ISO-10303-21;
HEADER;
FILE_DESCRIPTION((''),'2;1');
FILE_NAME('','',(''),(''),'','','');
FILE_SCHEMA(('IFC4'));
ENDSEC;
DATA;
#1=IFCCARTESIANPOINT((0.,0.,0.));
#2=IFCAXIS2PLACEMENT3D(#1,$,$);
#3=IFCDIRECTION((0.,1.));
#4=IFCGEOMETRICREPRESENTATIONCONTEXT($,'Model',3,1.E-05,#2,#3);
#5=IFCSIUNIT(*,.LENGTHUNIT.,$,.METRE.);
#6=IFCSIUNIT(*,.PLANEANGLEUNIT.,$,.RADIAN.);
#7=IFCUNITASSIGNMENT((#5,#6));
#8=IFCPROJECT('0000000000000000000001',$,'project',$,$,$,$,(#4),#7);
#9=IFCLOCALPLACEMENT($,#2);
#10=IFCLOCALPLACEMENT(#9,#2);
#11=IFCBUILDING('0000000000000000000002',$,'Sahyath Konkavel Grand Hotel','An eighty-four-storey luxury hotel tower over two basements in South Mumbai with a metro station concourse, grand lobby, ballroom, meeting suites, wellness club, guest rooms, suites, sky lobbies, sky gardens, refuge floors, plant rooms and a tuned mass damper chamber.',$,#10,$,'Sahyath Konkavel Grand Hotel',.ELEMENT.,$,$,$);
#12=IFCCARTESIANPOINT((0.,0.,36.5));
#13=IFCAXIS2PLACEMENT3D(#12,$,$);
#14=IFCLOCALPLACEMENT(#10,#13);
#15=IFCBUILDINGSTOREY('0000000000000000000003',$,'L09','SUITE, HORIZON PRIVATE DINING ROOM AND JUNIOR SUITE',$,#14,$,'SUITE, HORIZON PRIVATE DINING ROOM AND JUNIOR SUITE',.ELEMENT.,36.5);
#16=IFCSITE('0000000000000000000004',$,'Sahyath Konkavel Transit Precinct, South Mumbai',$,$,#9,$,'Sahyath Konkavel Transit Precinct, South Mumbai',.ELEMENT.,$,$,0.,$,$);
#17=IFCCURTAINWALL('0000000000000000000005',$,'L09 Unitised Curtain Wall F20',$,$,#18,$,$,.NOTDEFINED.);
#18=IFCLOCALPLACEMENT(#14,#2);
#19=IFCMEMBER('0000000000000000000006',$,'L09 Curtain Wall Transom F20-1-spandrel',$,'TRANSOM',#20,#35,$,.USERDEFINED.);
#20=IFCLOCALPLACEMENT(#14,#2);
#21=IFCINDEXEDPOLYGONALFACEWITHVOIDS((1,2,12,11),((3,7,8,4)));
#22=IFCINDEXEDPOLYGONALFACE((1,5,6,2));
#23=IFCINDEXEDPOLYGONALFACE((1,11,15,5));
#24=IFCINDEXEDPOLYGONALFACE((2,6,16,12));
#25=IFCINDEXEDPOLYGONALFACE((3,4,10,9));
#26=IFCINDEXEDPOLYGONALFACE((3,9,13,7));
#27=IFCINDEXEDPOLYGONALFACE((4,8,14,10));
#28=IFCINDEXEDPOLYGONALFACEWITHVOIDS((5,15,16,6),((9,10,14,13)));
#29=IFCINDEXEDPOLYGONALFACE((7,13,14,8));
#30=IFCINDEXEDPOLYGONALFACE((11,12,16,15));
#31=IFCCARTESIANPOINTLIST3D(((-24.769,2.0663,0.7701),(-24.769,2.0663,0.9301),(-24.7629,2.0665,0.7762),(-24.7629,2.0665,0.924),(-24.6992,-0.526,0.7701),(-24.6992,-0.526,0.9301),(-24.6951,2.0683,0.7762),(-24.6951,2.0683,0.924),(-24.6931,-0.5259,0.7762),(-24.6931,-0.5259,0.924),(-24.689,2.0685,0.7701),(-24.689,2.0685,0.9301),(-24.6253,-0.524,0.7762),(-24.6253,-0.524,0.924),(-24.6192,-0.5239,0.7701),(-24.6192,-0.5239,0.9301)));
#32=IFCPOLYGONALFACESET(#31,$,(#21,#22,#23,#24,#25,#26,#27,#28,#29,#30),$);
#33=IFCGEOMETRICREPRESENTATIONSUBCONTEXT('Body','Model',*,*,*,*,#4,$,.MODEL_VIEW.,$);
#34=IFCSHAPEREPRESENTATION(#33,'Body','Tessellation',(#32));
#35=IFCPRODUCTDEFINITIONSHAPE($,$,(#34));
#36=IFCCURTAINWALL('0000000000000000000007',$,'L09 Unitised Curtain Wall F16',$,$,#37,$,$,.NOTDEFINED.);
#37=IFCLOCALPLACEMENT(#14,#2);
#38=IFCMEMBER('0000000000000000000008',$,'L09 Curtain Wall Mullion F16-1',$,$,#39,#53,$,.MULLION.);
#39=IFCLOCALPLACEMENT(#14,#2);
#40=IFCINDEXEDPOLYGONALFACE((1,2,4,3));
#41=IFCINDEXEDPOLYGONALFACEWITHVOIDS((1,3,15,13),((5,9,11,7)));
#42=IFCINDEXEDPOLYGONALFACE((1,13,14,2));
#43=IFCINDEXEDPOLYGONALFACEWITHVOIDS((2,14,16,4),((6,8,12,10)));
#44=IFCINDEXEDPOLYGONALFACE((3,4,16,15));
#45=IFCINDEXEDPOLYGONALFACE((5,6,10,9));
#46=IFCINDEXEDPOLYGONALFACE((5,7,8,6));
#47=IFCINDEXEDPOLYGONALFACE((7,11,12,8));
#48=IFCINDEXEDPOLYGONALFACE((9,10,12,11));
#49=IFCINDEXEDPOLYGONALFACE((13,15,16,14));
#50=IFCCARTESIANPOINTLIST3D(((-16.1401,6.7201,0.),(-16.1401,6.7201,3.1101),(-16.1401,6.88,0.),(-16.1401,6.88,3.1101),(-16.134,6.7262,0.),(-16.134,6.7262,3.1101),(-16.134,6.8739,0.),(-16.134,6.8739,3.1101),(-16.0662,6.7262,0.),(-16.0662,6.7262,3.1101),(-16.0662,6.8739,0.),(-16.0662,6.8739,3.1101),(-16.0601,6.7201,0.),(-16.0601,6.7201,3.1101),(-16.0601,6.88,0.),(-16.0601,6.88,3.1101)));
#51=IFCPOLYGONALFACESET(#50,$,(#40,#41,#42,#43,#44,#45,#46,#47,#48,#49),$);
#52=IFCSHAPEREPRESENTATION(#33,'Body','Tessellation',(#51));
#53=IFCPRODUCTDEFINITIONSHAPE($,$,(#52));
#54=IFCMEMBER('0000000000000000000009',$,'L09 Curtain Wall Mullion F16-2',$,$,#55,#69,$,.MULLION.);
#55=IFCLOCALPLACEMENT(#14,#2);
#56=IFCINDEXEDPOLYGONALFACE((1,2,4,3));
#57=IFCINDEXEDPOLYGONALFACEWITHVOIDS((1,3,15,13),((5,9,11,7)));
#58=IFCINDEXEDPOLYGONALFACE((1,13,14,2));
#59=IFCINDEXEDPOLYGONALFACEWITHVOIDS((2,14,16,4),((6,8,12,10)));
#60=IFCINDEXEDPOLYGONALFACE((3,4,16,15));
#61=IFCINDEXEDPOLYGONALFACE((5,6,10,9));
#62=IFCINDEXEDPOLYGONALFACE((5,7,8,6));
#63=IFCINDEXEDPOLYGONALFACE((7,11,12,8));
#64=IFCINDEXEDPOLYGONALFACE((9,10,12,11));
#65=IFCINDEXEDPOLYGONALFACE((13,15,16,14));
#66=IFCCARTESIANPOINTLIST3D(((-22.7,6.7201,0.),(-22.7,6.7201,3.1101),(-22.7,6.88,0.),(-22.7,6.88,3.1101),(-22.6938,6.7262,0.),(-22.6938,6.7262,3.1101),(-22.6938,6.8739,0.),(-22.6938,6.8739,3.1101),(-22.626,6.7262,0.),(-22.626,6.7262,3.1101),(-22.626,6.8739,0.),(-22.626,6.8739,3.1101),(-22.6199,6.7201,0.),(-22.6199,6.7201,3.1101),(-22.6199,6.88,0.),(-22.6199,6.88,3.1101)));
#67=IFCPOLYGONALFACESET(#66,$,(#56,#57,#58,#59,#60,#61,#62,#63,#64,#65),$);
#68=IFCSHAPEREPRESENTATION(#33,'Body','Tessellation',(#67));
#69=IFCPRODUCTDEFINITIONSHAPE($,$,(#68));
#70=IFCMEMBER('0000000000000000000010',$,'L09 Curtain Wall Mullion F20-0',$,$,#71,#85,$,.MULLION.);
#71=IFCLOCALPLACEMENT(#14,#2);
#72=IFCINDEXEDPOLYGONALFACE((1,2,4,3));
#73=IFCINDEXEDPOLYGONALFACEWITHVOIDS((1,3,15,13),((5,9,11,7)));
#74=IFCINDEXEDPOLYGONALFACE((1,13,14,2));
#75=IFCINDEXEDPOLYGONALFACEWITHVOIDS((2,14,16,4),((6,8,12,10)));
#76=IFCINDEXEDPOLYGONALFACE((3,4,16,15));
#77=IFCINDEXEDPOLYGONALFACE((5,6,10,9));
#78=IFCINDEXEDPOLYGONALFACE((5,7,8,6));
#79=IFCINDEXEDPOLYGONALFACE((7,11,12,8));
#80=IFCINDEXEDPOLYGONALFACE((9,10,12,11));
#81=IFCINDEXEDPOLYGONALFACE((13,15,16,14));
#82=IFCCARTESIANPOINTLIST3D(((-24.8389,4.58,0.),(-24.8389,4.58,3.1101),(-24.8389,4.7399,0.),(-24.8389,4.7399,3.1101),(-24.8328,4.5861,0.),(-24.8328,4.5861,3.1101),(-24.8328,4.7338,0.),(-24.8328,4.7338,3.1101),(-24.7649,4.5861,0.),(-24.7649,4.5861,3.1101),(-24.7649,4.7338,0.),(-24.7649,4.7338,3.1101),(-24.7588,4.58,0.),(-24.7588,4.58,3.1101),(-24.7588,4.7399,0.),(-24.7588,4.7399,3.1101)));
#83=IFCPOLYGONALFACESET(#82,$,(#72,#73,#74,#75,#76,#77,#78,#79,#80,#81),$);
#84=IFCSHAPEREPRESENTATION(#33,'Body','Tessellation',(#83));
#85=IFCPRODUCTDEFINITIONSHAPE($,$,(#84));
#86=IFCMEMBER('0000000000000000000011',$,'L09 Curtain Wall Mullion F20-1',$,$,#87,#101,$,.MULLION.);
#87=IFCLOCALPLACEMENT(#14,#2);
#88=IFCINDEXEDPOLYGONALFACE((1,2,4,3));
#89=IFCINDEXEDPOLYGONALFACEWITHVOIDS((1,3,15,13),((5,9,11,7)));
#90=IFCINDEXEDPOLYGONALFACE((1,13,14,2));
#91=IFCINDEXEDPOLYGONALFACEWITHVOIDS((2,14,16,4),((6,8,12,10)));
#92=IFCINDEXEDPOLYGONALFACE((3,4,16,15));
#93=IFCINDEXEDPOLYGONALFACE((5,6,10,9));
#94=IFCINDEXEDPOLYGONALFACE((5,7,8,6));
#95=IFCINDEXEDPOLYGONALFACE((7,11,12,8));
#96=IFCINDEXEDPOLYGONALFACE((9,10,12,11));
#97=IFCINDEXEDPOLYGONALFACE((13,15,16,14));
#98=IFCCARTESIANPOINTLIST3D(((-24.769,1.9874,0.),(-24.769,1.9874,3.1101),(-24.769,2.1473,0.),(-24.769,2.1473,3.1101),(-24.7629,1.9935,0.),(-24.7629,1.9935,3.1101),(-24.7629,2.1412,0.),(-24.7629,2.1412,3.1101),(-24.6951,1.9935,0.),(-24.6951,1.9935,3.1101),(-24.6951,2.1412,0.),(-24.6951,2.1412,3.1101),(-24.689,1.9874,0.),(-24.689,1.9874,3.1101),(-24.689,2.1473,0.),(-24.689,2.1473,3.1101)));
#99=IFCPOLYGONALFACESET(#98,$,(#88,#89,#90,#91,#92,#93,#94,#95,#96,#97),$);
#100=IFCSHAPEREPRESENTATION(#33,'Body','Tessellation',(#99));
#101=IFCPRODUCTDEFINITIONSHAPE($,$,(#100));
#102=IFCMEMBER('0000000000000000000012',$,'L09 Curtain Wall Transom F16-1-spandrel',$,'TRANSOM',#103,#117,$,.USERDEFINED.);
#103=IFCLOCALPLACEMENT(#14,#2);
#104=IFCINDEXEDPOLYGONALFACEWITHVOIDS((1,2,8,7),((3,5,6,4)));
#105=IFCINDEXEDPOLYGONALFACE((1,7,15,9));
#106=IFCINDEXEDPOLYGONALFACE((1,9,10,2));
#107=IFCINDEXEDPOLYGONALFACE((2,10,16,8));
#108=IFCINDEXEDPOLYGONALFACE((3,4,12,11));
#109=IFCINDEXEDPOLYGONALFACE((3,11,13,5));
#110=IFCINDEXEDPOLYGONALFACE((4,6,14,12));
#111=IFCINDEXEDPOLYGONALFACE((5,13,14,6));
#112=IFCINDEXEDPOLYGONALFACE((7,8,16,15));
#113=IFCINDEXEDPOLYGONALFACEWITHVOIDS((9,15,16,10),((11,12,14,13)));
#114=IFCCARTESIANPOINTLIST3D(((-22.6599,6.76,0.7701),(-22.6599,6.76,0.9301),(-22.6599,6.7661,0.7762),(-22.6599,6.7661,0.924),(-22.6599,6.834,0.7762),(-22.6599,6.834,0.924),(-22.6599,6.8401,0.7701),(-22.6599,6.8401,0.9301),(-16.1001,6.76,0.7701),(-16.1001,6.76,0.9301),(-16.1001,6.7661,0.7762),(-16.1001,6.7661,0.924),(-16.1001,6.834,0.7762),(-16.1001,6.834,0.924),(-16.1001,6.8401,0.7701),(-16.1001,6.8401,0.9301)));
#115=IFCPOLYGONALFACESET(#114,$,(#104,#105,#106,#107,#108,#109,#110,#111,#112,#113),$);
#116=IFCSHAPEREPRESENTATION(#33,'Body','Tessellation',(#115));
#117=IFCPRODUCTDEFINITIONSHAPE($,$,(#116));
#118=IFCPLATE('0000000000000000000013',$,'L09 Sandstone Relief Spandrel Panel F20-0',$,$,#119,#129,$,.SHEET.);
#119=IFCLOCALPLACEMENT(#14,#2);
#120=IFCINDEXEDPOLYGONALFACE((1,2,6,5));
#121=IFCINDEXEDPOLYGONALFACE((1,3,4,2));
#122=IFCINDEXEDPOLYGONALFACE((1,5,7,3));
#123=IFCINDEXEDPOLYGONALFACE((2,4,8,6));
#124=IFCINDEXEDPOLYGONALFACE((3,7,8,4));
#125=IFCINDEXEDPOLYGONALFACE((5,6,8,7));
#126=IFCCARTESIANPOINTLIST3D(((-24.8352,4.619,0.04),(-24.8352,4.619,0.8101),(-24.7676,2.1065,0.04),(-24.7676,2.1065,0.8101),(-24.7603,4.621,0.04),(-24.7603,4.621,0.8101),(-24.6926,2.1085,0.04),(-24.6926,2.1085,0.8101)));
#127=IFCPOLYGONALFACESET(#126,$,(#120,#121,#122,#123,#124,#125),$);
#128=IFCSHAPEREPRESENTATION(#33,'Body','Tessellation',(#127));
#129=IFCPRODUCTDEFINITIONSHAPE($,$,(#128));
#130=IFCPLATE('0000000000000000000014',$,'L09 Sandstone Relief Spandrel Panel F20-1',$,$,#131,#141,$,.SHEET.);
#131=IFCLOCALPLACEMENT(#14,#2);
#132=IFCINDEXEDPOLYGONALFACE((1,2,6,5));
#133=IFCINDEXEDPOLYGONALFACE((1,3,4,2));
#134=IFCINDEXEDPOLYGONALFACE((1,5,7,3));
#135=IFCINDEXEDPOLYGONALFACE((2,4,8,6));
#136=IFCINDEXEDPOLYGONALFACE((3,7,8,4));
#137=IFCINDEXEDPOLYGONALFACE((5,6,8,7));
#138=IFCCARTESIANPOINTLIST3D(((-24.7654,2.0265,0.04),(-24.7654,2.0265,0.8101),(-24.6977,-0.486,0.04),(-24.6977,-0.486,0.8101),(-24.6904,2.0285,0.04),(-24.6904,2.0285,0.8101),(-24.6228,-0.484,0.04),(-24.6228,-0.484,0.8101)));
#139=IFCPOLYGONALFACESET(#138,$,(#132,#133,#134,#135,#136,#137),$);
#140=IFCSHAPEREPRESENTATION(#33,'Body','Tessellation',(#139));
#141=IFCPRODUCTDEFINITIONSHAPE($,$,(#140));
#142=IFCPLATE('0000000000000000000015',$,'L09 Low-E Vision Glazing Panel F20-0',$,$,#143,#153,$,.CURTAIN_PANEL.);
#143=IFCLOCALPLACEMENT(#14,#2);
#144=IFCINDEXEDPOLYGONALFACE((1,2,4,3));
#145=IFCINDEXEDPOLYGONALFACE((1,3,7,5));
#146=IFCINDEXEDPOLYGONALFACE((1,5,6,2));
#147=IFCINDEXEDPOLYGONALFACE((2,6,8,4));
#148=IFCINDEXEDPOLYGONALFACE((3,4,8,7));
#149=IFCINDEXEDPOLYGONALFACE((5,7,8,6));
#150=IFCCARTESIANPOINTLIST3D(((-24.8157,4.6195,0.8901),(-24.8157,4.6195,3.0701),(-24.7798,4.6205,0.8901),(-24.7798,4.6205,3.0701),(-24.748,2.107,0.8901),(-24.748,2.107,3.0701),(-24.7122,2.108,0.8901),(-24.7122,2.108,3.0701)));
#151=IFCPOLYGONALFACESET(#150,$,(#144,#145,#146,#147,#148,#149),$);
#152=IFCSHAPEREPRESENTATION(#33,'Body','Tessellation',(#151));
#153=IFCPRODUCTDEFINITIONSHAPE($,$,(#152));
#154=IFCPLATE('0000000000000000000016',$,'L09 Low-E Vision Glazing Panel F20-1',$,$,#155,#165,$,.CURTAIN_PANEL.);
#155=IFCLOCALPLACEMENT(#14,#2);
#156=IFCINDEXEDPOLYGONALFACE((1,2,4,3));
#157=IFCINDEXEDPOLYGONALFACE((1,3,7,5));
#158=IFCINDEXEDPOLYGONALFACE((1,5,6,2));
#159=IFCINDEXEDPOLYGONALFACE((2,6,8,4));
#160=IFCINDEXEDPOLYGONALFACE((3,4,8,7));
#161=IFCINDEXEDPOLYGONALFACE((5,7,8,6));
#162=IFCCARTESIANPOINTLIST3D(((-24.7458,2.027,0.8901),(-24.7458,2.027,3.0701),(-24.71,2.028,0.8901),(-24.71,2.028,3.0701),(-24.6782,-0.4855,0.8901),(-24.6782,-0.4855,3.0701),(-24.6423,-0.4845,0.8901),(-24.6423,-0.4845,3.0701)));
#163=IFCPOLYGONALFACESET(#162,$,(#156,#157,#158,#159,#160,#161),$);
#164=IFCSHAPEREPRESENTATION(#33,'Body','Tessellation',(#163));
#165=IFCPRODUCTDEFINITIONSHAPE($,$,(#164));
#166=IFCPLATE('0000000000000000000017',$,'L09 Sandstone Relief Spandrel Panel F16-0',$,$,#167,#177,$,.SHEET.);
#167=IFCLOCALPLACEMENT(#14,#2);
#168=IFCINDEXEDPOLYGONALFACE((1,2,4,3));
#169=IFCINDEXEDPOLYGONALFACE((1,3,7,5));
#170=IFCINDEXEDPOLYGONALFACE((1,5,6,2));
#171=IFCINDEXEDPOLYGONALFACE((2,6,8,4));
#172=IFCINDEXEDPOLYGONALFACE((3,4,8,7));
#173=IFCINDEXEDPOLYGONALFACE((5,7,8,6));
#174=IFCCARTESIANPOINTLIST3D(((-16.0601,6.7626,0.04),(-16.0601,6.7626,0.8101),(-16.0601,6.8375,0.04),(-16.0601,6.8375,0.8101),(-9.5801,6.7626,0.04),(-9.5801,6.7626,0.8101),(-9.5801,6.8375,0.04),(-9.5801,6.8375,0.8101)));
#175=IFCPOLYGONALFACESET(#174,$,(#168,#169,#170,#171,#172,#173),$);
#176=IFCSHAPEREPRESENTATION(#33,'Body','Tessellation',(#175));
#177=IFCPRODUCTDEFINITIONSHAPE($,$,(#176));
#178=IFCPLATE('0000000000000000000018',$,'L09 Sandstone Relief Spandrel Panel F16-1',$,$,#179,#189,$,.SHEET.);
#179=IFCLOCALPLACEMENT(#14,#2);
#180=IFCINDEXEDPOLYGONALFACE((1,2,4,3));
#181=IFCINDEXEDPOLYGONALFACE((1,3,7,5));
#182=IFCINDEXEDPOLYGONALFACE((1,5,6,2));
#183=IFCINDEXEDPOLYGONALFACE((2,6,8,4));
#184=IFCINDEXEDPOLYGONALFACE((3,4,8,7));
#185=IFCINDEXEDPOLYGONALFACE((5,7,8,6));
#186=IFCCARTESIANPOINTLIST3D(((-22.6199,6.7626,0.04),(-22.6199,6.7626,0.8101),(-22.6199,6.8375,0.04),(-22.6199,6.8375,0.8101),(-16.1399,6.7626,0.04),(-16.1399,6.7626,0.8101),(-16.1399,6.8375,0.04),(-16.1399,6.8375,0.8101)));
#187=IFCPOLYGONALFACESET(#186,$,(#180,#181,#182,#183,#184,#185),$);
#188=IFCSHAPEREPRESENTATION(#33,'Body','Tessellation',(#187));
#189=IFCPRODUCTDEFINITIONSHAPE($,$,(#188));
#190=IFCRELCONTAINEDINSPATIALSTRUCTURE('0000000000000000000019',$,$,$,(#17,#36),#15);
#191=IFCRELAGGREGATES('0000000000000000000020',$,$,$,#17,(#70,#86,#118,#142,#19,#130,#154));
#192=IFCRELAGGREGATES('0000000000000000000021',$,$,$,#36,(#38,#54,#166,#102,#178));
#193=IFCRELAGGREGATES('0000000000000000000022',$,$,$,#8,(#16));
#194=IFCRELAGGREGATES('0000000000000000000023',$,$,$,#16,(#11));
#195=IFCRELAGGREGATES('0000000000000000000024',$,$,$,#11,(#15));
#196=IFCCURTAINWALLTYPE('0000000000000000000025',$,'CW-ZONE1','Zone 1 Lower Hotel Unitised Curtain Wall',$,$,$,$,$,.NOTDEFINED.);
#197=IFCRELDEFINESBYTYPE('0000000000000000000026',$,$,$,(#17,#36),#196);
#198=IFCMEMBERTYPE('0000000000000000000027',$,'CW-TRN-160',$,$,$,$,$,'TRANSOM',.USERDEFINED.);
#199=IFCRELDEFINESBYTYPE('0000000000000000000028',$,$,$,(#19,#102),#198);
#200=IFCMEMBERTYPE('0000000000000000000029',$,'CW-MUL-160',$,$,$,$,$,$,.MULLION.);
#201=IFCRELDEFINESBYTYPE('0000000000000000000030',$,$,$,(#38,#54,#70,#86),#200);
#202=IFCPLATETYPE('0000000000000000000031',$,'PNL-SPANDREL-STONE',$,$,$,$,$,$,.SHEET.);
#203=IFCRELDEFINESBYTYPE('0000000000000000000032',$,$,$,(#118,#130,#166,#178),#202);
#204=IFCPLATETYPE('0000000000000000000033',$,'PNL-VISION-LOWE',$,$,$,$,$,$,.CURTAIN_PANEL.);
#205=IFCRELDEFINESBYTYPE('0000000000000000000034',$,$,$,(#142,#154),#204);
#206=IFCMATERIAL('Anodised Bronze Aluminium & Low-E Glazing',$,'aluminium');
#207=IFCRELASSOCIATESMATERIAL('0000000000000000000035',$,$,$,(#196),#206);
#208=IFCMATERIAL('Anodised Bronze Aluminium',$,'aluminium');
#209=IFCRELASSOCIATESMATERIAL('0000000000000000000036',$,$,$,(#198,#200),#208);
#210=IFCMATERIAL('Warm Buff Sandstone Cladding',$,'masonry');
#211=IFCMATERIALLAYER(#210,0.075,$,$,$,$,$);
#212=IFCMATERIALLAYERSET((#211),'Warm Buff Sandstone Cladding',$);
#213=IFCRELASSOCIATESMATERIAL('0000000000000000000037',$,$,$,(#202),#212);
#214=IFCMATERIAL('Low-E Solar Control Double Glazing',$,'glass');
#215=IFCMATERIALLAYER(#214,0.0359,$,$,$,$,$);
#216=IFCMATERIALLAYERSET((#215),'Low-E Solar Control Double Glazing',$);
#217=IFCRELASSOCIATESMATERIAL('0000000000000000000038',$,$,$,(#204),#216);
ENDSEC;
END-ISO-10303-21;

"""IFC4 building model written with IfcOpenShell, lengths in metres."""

from ifc_helpers import new_model, si_unit, direction, frame, origin, origin_2d, place, context, subcontext, project, spatial, rectangle, hollow_rectangle, extrude, source, transform, mapped, material, layer, layer_set, material_profile, profile_set, type_object, element, aggregate, save


model = new_model("IFC4")

# Units and contexts
model_context = context("Model", 3, precision=1e-05, world=origin(), true_north=direction((0.0, 1.0)))
body_context = subcontext(model_context, "Body", "Model", "MODEL_VIEW")
ifc_project = project(units=[si_unit("LENGTHUNIT", "METRE"), si_unit("PLANEANGLEUNIT", "RADIAN")], contexts=[model_context])

# Site, building, storey
site_placement = place(None, origin())
site = spatial("IfcSite", under=ifc_project, at=site_placement, Name="Sahyath Konkavel Transit Precinct, South Mumbai", LongName="Sahyath Konkavel Transit Precinct, South Mumbai", CompositionType="ELEMENT", RefElevation=0.0)
building_placement = place(site_placement, origin())
building = spatial("IfcBuilding", under=site, at=building_placement, Name="Sahyath Konkavel Grand Hotel", Description="An eighty-four-storey luxury hotel tower over two basements in South Mumbai with a metro station concourse, grand lobby, ballroom, meeting suites, wellness club, guest rooms, suites, sky lobbies, sky gardens, refuge floors, plant rooms and a tuned mass damper chamber.", LongName="Sahyath Konkavel Grand Hotel", CompositionType="ELEMENT")
storey_placement = place(building_placement, frame((0.0, 0.0, 36.5)))
storey = spatial("IfcBuildingStorey", under=building, at=storey_placement, Name="L09", Description="SUITE, HORIZON PRIVATE DINING ROOM AND JUNIOR SUITE", LongName="SUITE, HORIZON PRIVATE DINING ROOM AND JUNIOR SUITE", CompositionType="ELEMENT", Elevation=36.5)

# Curtain walls, members
ifc_material_1 = material(Name="Anodised Bronze Aluminium & Low-E Glazing", Category="aluminium")
curtain_wall_type = type_object("IfcCurtainWallType", Name="CW-ZONE1", Description="Zone 1 Lower Hotel Unitised Curtain Wall", PredefinedType="NOTDEFINED", material=ifc_material_1)
curtain_wall_1_placement = place(storey_placement, origin())
curtain_wall_1 = element("IfcCurtainWall", 1, at=curtain_wall_1_placement, inside=storey, type_object=curtain_wall_type, Name="L09 Unitised Curtain Wall F20", PredefinedType="NOTDEFINED")
ifc_material_2 = material(Name="Anodised Bronze Aluminium", Category="aluminium")
ifc_material_profile_1 = material_profile(ifc_material_2, hollow_rectangle(XDim=0.0801, YDim=0.1599, WallThickness=0.0061, at=origin_2d()), Name="RHS 160x80x6")
ifc_profile_set_1 = profile_set([ifc_material_profile_1], Name="Anodised Bronze Aluminium")
member_type_1 = type_object("IfcMemberType", Name="CW-TRN-160", ElementType="TRANSOM", PredefinedType="USERDEFINED", material=ifc_profile_set_1)
shared_shape_1 = source(origin(), body_context, "Body", "SweptSolid", [
    extrude(hollow_rectangle(XDim=0.0801, YDim=0.1599, WallThickness=0.0061, at=origin_2d()), origin(), (0.0, 0.0, 1.0), 2.5933),
])
member_1_placement = place(storey_placement, frame((-24.729, 2.0674, 0.8501), z_axis=(0.026926, -0.999637, 0.0), x_axis=(0.999637, 0.026926, 0.0)))
member_1 = element("IfcMember", 2, at=member_1_placement, type_object=member_type_1, Name="L09 Curtain Wall Transom F20-1-spandrel", ObjectType="TRANSOM", PredefinedType="USERDEFINED", context=body_context, shape_type="MappedRepresentation", body=[
    mapped(shared_shape_1, transform((0.0, 0.0, 0.0), scale=1.0)),
])
curtain_wall_2_placement = place(storey_placement, origin())
curtain_wall_2 = element("IfcCurtainWall", 3, at=curtain_wall_2_placement, inside=storey, type_object=curtain_wall_type, Name="L09 Unitised Curtain Wall F16", PredefinedType="NOTDEFINED")
ifc_material_profile_2 = material_profile(ifc_material_2, hollow_rectangle(XDim=0.0801, YDim=0.1599, WallThickness=0.0061, at=origin_2d()), Name="RHS 160x80x6")
ifc_profile_set_2 = profile_set([ifc_material_profile_2], Name="Anodised Bronze Aluminium")
member_type_2 = type_object("IfcMemberType", Name="CW-MUL-160", PredefinedType="MULLION", material=ifc_profile_set_2)
shared_shape_2 = source(origin(), body_context, "Body", "SweptSolid", [
    extrude(hollow_rectangle(XDim=0.0801, YDim=0.1599, WallThickness=0.0061, at=origin_2d()), origin(), (0.0, 0.0, 1.0), 3.1101),
])
member_2_placement = place(storey_placement, frame((-16.1001, 6.8, 0.0), z_axis=(0.0, 0.0, 1.0), x_axis=(1.0, 0.0, 0.0)))
member_2 = element("IfcMember", 4, at=member_2_placement, type_object=member_type_2, Name="L09 Curtain Wall Mullion F16-1", PredefinedType="MULLION", context=body_context, shape_type="MappedRepresentation", body=[
    mapped(shared_shape_2, transform((0.0, 0.0, 0.0), scale=1.0)),
])
member_3_placement = place(storey_placement, frame((-22.6599, 6.8, 0.0), z_axis=(0.0, 0.0, 1.0), x_axis=(1.0, 0.0, 0.0)))
member_3 = element("IfcMember", 5, at=member_3_placement, type_object=member_type_2, Name="L09 Curtain Wall Mullion F16-2", PredefinedType="MULLION", context=body_context, shape_type="MappedRepresentation", body=[
    mapped(shared_shape_2, transform((0.0, 0.0, 0.0), scale=1.0)),
])

# Members
member_4_placement = place(storey_placement, frame((-24.7988, 4.6599, 0.0), z_axis=(0.0, 0.0, 1.0), x_axis=(1.0, 0.0, 0.0)))
member_4 = element("IfcMember", 6, at=member_4_placement, type_object=member_type_2, Name="L09 Curtain Wall Mullion F20-0", PredefinedType="MULLION", context=body_context, shape_type="MappedRepresentation", body=[
    mapped(shared_shape_2, transform((0.0, 0.0, 0.0), scale=1.0)),
])
member_5_placement = place(storey_placement, frame((-24.729, 2.0674, 0.0), z_axis=(0.0, 0.0, 1.0), x_axis=(1.0, 0.0, 0.0)))
member_5 = element("IfcMember", 7, at=member_5_placement, type_object=member_type_2, Name="L09 Curtain Wall Mullion F20-1", PredefinedType="MULLION", context=body_context, shape_type="MappedRepresentation", body=[
    mapped(shared_shape_2, transform((0.0, 0.0, 0.0), scale=1.0)),
])
shared_shape_3 = source(origin(), body_context, "Body", "SweptSolid", [
    extrude(hollow_rectangle(XDim=0.0801, YDim=0.1599, WallThickness=0.0061, at=origin_2d()), origin(), (0.0, 0.0, 1.0), 6.5598),
])
member_6_placement = place(storey_placement, frame((-16.1001, 6.8, 0.8501), z_axis=(-1.0, 0.0, 0.0), x_axis=(0.0, -1.0, 0.0)))
member_6 = element("IfcMember", 8, at=member_6_placement, type_object=member_type_1, Name="L09 Curtain Wall Transom F16-1-spandrel", ObjectType="TRANSOM", PredefinedType="USERDEFINED", context=body_context, shape_type="MappedRepresentation", body=[
    mapped(shared_shape_3, transform((0.0, 0.0, 0.0), scale=1.0)),
])

# Plates
ifc_material_3 = material(Name="Warm Buff Sandstone Cladding", Category="masonry")
ifc_layer_1 = layer(ifc_material_3, 0.075)
ifc_layer_set_1 = layer_set([ifc_layer_1], Name="Warm Buff Sandstone Cladding")
plate_type_1 = type_object("IfcPlateType", Name="PNL-SPANDREL-STONE", PredefinedType="SHEET", material=ifc_layer_set_1)
shared_shape_4 = source(origin(), body_context, "Body", "SweptSolid", [
    extrude(rectangle(XDim=2.5134, YDim=0.075, at=origin_2d()), origin(), (0.0, 0.0, 1.0), 0.77),
])
plate_1_placement = place(storey_placement, frame((-24.7639, 3.3638, 0.04), z_axis=(0.0, 0.0, 1.0), x_axis=(0.02691, -0.999638, 0.0)))
plate_1 = element("IfcPlate", 9, at=plate_1_placement, type_object=plate_type_1, Name="L09 Sandstone Relief Spandrel Panel F20-0", PredefinedType="SHEET", context=body_context, shape_type="MappedRepresentation", body=[
    mapped(shared_shape_4, transform((0.0, 0.0, 0.0), scale=1.0)),
])
plate_2_placement = place(storey_placement, frame((-24.6941, 0.7712, 0.04), z_axis=(0.0, 0.0, 1.0), x_axis=(0.02691, -0.999638, 0.0)))
plate_2 = element("IfcPlate", 10, at=plate_2_placement, type_object=plate_type_1, Name="L09 Sandstone Relief Spandrel Panel F20-1", PredefinedType="SHEET", context=body_context, shape_type="MappedRepresentation", body=[
    mapped(shared_shape_4, transform((0.0, 0.0, 0.0), scale=1.0)),
])
ifc_material_4 = material(Name="Low-E Solar Control Double Glazing", Category="glass")
ifc_layer_2 = layer(ifc_material_4, 0.0359)
ifc_layer_set_2 = layer_set([ifc_layer_2], Name="Low-E Solar Control Double Glazing")
plate_type_2 = type_object("IfcPlateType", Name="PNL-VISION-LOWE", PredefinedType="CURTAIN_PANEL", material=ifc_layer_set_2)
shared_shape_5 = source(origin(), body_context, "Body", "SweptSolid", [
    extrude(rectangle(XDim=2.5134, YDim=0.0359, at=origin_2d()), origin(), (0.0, 0.0, 1.0), 2.1799),
])
plate_3_placement = place(storey_placement, frame((-24.7639, 3.3638, 0.8901), z_axis=(0.0, 0.0, 1.0), x_axis=(0.02691, -0.999638, 0.0)))
plate_3 = element("IfcPlate", 11, at=plate_3_placement, type_object=plate_type_2, Name="L09 Low-E Vision Glazing Panel F20-0", PredefinedType="CURTAIN_PANEL", context=body_context, shape_type="MappedRepresentation", body=[
    mapped(shared_shape_5, transform((0.0, 0.0, 0.0), scale=1.0)),
])
plate_4_placement = place(storey_placement, frame((-24.6941, 0.7712, 0.8901), z_axis=(0.0, 0.0, 1.0), x_axis=(0.02691, -0.999638, 0.0)))
plate_4 = element("IfcPlate", 12, at=plate_4_placement, type_object=plate_type_2, Name="L09 Low-E Vision Glazing Panel F20-1", PredefinedType="CURTAIN_PANEL", context=body_context, shape_type="MappedRepresentation", body=[
    mapped(shared_shape_5, transform((0.0, 0.0, 0.0), scale=1.0)),
])
aggregate(curtain_wall_1, [member_4, member_5, plate_1, plate_3, member_1, plate_2, plate_4])
shared_shape_6 = source(origin(), body_context, "Body", "SweptSolid", [
    extrude(rectangle(XDim=6.48, YDim=0.075, at=origin_2d()), origin(), (0.0, 0.0, 1.0), 0.77),
])
plate_5_placement = place(storey_placement, frame((-12.8201, 6.8, 0.04), z_axis=(0.0, 0.0, 1.0), x_axis=(-1.0, 0.0, 0.0)))
plate_5 = element("IfcPlate", 13, at=plate_5_placement, type_object=plate_type_1, Name="L09 Sandstone Relief Spandrel Panel F16-0", PredefinedType="SHEET", context=body_context, shape_type="MappedRepresentation", body=[
    mapped(shared_shape_6, transform((0.0, 0.0, 0.0), scale=1.0)),
])
plate_6_placement = place(storey_placement, frame((-19.3799, 6.8, 0.04), z_axis=(0.0, 0.0, 1.0), x_axis=(-1.0, 0.0, 0.0)))
plate_6 = element("IfcPlate", 14, at=plate_6_placement, type_object=plate_type_1, Name="L09 Sandstone Relief Spandrel Panel F16-1", PredefinedType="SHEET", context=body_context, shape_type="MappedRepresentation", body=[
    mapped(shared_shape_6, transform((0.0, 0.0, 0.0), scale=1.0)),
])
aggregate(curtain_wall_2, [member_2, member_3, plate_5, member_6, plate_6])

save(model, "model.ifc")
